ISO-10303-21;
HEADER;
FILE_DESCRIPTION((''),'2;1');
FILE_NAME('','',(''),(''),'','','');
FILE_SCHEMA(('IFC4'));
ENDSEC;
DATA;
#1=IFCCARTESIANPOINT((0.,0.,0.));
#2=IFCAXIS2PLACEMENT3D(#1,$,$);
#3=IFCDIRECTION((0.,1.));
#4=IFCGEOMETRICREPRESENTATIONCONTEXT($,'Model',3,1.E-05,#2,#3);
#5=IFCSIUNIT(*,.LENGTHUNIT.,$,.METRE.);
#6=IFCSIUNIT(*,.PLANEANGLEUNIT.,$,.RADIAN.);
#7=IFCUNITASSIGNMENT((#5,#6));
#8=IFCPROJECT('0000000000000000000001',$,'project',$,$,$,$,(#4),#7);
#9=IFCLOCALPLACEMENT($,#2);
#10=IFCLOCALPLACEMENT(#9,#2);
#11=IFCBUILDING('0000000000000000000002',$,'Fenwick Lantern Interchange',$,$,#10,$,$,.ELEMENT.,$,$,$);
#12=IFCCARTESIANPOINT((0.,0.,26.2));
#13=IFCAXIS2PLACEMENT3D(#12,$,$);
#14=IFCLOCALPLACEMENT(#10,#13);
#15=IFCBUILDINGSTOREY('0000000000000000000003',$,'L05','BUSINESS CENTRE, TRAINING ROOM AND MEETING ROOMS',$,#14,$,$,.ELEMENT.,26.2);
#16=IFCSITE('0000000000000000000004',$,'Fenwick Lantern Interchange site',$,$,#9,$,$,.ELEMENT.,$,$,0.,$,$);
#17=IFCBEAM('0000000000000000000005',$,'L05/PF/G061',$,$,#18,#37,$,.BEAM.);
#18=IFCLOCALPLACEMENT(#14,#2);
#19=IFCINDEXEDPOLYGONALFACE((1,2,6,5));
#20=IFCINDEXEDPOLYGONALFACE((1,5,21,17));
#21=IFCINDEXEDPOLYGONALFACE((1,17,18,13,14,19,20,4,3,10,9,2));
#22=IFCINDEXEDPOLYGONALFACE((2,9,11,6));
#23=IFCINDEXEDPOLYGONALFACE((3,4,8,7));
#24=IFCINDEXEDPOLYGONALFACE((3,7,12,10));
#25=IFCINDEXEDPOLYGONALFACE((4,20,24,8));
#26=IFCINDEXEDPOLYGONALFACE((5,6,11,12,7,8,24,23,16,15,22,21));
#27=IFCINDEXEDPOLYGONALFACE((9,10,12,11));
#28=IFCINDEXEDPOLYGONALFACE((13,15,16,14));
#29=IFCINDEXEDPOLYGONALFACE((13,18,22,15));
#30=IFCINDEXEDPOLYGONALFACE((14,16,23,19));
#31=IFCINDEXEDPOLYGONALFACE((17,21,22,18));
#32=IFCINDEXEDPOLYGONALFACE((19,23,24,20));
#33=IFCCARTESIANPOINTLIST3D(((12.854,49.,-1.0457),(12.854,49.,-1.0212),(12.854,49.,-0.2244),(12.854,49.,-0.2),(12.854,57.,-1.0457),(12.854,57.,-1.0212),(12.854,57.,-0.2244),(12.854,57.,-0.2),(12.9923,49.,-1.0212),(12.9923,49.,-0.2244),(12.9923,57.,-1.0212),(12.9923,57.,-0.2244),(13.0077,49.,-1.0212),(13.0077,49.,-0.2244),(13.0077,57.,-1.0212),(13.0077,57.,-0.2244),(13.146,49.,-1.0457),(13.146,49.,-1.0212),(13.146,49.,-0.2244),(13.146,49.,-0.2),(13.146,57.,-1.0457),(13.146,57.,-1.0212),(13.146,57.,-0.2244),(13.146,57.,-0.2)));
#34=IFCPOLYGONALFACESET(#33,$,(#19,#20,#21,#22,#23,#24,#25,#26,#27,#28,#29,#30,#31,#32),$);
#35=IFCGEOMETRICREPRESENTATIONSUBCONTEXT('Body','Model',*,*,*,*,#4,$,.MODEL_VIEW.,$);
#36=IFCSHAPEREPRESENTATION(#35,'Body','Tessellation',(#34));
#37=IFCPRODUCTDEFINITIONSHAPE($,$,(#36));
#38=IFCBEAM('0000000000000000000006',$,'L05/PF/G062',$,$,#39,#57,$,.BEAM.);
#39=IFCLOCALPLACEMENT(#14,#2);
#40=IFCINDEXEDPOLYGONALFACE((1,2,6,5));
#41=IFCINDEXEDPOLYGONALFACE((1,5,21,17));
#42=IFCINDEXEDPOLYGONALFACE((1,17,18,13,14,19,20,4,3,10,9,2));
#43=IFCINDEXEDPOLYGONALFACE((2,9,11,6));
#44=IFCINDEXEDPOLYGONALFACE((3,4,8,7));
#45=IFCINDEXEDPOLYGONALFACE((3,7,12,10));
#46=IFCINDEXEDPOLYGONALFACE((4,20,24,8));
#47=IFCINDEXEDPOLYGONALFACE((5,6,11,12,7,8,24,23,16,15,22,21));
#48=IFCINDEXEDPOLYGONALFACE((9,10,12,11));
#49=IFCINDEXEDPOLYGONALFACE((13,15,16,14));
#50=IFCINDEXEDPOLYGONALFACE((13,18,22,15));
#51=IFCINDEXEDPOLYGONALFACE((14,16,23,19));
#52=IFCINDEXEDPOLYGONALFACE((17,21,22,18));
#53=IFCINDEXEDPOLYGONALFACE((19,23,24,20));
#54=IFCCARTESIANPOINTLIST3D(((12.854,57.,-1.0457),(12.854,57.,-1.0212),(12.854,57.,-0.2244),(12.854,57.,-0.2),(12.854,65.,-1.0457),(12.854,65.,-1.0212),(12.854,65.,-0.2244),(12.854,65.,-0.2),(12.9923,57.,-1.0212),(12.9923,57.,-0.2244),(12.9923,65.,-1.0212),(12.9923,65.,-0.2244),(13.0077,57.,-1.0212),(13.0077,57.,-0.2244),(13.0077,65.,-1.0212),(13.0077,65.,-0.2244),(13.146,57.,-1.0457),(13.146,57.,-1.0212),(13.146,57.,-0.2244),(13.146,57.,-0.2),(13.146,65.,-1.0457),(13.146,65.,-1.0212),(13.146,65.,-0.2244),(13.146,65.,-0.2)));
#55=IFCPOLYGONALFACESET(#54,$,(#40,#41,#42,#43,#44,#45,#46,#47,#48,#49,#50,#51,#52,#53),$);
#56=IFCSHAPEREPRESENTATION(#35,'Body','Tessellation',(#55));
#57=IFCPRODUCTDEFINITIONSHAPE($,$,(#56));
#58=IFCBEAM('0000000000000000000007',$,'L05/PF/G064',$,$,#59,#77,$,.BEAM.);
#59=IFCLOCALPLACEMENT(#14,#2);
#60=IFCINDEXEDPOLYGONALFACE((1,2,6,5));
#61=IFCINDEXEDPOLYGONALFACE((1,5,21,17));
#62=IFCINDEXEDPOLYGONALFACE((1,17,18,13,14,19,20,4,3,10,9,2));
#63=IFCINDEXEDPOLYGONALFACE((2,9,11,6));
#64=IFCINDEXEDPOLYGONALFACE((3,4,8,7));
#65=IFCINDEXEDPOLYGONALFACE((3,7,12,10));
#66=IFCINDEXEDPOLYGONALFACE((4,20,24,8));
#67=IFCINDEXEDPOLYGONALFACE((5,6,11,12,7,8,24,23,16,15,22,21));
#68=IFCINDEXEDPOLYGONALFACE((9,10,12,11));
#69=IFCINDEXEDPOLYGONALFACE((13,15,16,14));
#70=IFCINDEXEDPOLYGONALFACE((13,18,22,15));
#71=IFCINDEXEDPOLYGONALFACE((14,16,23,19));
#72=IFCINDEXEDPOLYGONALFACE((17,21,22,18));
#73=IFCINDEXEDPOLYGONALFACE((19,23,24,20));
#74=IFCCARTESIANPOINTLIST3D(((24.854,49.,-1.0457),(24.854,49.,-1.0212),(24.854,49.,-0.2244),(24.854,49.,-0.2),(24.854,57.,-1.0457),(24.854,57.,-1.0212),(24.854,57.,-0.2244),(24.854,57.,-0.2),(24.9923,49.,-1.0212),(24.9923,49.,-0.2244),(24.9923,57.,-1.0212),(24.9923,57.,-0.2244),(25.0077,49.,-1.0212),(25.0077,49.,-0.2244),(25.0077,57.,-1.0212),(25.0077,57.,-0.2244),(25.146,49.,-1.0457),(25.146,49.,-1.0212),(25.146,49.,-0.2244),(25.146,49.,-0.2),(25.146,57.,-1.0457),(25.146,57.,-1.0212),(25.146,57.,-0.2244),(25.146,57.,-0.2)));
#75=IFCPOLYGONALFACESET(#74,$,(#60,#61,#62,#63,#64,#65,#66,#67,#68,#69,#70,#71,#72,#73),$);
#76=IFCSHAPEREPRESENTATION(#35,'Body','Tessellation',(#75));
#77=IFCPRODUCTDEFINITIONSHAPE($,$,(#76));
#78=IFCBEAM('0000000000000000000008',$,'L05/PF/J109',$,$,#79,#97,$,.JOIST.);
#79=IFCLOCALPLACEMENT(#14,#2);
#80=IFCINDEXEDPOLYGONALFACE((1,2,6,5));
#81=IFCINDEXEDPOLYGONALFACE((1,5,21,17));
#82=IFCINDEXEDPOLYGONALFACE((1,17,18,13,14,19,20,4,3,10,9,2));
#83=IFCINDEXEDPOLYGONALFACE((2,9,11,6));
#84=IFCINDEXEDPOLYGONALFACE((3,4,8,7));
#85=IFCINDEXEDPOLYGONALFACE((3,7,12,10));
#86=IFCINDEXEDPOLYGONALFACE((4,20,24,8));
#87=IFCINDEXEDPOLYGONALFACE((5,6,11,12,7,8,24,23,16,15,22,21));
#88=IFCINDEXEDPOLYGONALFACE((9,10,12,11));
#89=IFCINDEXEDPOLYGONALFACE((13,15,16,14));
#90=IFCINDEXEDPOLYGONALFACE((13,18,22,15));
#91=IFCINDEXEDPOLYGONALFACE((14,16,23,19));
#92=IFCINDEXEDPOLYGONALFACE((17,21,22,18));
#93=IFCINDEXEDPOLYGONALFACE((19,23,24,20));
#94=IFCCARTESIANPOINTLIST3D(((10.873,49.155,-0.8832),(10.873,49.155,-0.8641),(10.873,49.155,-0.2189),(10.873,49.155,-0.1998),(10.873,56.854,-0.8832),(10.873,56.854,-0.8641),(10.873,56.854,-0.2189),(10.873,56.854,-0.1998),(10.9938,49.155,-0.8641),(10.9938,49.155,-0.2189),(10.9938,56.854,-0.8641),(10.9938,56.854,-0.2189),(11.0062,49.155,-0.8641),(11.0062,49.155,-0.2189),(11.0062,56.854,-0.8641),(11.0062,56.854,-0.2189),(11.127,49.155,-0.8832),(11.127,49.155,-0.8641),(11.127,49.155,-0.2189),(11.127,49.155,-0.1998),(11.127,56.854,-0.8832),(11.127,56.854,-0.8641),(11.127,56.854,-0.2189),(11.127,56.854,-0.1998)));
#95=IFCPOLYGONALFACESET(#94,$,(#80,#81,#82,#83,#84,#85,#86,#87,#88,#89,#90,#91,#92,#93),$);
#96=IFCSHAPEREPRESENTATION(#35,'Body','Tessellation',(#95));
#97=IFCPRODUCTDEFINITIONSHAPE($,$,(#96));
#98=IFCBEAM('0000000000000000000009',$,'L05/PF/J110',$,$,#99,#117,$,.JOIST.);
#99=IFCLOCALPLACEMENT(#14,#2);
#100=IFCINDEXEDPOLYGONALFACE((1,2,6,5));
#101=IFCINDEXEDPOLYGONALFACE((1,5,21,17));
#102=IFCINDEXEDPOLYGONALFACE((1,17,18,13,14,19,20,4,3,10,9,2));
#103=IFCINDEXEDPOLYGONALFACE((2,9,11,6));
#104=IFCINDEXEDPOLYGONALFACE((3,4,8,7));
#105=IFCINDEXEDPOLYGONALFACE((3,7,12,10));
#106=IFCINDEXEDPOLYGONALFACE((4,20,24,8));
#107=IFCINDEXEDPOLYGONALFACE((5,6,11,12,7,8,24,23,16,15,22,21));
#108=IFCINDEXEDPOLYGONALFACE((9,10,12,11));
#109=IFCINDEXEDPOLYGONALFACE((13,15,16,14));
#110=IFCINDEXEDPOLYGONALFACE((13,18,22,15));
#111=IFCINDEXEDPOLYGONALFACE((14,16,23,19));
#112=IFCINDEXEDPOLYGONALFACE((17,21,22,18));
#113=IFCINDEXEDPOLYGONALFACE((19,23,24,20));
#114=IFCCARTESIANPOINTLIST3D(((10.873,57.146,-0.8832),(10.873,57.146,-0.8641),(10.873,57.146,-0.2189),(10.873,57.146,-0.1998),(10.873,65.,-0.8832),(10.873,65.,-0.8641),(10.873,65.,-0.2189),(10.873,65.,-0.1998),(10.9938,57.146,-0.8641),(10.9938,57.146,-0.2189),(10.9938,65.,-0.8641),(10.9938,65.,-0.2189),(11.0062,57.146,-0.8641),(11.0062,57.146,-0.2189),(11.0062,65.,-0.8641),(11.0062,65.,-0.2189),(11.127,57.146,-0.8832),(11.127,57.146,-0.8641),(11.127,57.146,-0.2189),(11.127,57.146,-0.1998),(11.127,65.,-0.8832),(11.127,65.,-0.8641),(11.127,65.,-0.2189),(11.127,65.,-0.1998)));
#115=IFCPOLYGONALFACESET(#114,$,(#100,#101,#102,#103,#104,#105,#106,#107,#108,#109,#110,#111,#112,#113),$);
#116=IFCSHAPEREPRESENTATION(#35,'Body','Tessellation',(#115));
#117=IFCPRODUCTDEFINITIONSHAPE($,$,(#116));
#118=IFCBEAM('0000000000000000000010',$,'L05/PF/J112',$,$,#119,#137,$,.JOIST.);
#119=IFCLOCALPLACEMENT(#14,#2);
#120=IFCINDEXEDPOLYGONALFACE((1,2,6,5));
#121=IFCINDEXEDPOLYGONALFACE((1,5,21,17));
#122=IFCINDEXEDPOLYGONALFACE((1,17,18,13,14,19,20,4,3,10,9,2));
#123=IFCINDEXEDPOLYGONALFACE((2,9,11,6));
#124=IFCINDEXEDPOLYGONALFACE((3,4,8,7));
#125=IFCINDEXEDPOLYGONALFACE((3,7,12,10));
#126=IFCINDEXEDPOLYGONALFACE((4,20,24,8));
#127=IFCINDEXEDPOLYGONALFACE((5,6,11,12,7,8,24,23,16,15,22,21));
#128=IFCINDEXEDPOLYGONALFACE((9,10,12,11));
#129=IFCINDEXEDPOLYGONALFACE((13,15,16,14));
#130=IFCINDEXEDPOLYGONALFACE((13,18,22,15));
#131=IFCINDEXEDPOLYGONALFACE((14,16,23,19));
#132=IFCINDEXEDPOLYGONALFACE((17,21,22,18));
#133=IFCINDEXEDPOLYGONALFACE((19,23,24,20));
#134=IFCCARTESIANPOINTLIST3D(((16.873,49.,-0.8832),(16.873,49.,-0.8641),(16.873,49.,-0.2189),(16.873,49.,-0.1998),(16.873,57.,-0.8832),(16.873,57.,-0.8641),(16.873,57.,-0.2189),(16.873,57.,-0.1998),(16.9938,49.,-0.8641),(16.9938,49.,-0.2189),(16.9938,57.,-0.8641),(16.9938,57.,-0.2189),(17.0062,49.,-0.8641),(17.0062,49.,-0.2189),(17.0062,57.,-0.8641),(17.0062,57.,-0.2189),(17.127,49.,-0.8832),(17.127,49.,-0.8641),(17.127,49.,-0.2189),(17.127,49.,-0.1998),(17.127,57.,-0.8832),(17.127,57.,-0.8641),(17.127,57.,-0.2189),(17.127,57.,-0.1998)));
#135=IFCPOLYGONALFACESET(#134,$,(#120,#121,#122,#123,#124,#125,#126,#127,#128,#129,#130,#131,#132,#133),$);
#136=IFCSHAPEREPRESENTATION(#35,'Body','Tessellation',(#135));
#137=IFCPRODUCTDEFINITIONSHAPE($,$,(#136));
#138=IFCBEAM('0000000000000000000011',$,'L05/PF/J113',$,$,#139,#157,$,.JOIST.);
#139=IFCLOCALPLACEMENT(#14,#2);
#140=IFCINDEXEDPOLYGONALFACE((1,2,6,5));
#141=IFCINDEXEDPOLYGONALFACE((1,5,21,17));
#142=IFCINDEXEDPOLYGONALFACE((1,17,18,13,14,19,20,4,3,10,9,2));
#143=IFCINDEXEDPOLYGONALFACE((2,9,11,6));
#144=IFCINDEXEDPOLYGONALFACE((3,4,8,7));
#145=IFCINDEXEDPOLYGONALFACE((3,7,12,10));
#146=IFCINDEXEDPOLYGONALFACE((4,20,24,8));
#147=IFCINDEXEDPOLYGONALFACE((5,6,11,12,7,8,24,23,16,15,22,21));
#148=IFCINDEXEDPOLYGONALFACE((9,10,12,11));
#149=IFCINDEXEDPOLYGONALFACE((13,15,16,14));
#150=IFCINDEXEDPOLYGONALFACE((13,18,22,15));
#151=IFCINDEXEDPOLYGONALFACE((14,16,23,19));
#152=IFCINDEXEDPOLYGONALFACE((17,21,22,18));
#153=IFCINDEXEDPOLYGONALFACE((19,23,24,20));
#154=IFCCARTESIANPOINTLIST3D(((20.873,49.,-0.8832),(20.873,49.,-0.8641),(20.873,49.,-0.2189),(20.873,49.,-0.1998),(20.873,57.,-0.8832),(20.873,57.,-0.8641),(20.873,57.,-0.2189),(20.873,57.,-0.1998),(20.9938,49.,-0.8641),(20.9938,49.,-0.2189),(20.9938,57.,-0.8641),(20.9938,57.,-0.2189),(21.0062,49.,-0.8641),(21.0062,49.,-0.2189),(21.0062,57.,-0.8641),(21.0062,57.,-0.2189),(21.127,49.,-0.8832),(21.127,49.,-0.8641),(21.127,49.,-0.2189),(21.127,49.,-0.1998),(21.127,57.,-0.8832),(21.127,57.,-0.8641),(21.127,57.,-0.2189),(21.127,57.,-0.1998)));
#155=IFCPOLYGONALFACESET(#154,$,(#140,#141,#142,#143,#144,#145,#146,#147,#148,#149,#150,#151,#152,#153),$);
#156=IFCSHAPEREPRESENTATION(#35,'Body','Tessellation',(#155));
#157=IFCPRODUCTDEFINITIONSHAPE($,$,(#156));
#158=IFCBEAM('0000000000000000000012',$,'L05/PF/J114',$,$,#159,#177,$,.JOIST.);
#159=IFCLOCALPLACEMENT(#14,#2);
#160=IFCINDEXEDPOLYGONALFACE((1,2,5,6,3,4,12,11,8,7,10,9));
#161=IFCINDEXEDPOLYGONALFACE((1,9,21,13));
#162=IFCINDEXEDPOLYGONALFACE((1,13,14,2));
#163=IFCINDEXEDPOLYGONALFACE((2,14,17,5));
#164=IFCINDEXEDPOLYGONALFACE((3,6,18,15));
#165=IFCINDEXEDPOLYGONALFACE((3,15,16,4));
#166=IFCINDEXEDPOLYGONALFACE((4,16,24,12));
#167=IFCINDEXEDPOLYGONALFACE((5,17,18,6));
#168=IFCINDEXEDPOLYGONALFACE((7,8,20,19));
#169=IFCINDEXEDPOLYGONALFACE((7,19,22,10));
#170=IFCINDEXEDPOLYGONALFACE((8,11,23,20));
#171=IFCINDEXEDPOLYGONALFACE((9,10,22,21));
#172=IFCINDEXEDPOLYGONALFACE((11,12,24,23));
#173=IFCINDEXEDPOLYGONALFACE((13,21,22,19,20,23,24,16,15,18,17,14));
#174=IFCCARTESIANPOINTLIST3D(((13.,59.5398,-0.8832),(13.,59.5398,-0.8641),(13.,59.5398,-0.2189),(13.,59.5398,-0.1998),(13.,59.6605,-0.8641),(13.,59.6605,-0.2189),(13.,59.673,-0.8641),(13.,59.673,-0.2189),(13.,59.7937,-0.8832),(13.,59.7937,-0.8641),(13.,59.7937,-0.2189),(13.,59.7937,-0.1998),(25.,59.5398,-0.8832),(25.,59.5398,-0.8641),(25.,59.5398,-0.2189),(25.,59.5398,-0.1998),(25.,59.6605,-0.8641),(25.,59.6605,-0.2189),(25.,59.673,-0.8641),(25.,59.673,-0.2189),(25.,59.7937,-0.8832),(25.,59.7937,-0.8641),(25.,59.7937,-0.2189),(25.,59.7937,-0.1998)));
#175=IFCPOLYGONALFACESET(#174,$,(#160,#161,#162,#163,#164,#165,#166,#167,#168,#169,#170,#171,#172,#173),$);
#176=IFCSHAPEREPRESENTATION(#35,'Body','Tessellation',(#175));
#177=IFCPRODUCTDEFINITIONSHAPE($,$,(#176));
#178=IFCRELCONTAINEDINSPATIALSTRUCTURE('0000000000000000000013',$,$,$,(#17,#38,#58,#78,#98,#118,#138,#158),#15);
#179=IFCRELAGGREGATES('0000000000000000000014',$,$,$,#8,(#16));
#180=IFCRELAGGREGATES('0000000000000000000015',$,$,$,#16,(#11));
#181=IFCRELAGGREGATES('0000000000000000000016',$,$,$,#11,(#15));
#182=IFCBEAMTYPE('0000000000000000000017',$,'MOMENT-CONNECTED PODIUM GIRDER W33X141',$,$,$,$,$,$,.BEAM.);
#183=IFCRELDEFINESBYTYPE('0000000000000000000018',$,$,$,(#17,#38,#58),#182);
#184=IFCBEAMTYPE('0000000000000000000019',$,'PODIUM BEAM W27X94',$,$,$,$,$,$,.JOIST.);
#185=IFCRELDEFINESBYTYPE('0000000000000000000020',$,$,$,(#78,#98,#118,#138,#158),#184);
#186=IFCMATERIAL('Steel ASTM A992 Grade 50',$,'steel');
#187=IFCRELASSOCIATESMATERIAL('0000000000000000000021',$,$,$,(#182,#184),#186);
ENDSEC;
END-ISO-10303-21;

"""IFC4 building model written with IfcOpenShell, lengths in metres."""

from ifc_helpers import new_model, si_unit, direction, frame, origin, origin_2d, place, context, subcontext, project, spatial, i_section, extrude, material, material_profile, profile_set, type_object, element, save


model = new_model("IFC4")

# Units and contexts
model_context = context("Model", 3, precision=1e-05, world=origin(), true_north=direction((0.0, 1.0)))
body_context = subcontext(model_context, "Body", "Model", "MODEL_VIEW")
ifc_project = project(units=[si_unit("LENGTHUNIT", "METRE"), si_unit("PLANEANGLEUNIT", "RADIAN")], contexts=[model_context])

# Site, building, storey
site_placement = place(None, origin())
site = spatial("IfcSite", under=ifc_project, at=site_placement, Name="Fenwick Lantern Interchange site", CompositionType="ELEMENT", RefElevation=0.0)
building_placement = place(site_placement, origin())
building = spatial("IfcBuilding", under=site, at=building_placement, Name="Fenwick Lantern Interchange", CompositionType="ELEMENT")
storey_placement = place(building_placement, frame((0.0, 0.0, 26.2)))
storey = spatial("IfcBuildingStorey", under=building, at=storey_placement, Name="L05", Description="BUSINESS CENTRE, TRAINING ROOM AND MEETING ROOMS", CompositionType="ELEMENT", Elevation=26.2)

# Shared definitions
ifc_material_1 = material(Name="Steel ASTM A992 Grade 50", Category="steel")

# Beams
ifc_material_profile_1 = material_profile(ifc_material_1, i_section(OverallWidth=0.292, OverallDepth=0.8457, WebThickness=0.0154, FlangeThickness=0.0244, at=origin_2d()), Name="W33X141")
ifc_profile_set_1 = profile_set([ifc_material_profile_1], Name="Steel ASTM A992 Grade 50")
beam_type_1 = type_object("IfcBeamType", Name="MOMENT-CONNECTED PODIUM GIRDER W33X141", PredefinedType="BEAM", material=ifc_profile_set_1)
for number, where, z_axis, x_axis, name in (
    (1, (13.0, 49.0, -0.6228), (0.0, 1.0, 0.0), (-1.0, 0.0, 0.0), "L05/PF/G061"),
    (2, (13.0, 57.0, -0.6228), (0.0, 1.0, 0.0), (-1.0, 0.0, 0.0), "L05/PF/G062"),
    (3, (25.0, 49.0, -0.6228), (0.0, 1.0, 0.0), (-1.0, 0.0, 0.0), "L05/PF/G064"),
):
    element("IfcBeam", number, at=place(storey_placement, frame(where, z_axis=z_axis, x_axis=x_axis)), inside=storey, type_object=beam_type_1, Name=name, PredefinedType="BEAM", context=body_context, shape_type="SweptSolid", body=[
        extrude(i_section(OverallWidth=0.292, OverallDepth=0.8457, WebThickness=0.0154, FlangeThickness=0.0244, at=origin_2d()), origin(), (0.0, 0.0, 1.0), 8.0),
    ])
ifc_material_profile_2 = material_profile(ifc_material_1, i_section(OverallWidth=0.2539, OverallDepth=0.6833, WebThickness=0.0125, FlangeThickness=0.019, at=origin_2d()), Name="W27X94")
ifc_profile_set_2 = profile_set([ifc_material_profile_2], Name="Steel ASTM A992 Grade 50")
beam_type_2 = type_object("IfcBeamType", Name="PODIUM BEAM W27X94", PredefinedType="JOIST", material=ifc_profile_set_2)
beam_1_placement = place(storey_placement, frame((11.0, 49.155, -0.5415), z_axis=(0.0, 1.0, 0.0), x_axis=(-1.0, 0.0, 0.0)))
element("IfcBeam", 4, at=beam_1_placement, inside=storey, type_object=beam_type_2, Name="L05/PF/J109", PredefinedType="JOIST", context=body_context, shape_type="SweptSolid", body=[
    extrude(i_section(OverallWidth=0.2539, OverallDepth=0.6833, WebThickness=0.0125, FlangeThickness=0.019, at=origin_2d()), origin(), (0.0, 0.0, 1.0), 7.699),
])
beam_2_placement = place(storey_placement, frame((11.0, 57.146, -0.5415), z_axis=(0.0, 1.0, 0.0), x_axis=(-1.0, 0.0, 0.0)))
element("IfcBeam", 5, at=beam_2_placement, inside=storey, type_object=beam_type_2, Name="L05/PF/J110", PredefinedType="JOIST", context=body_context, shape_type="SweptSolid", body=[
    extrude(i_section(OverallWidth=0.2539, OverallDepth=0.6833, WebThickness=0.0125, FlangeThickness=0.019, at=origin_2d()), origin(), (0.0, 0.0, 1.0), 7.854),
])
for number, where, z_axis, x_axis, name in (
    (6, (17.0, 49.0, -0.5415), (0.0, 1.0, 0.0), (-1.0, 0.0, 0.0), "L05/PF/J112"),
    (7, (21.0, 49.0, -0.5415), (0.0, 1.0, 0.0), (-1.0, 0.0, 0.0), "L05/PF/J113"),
):
    element("IfcBeam", number, at=place(storey_placement, frame(where, z_axis=z_axis, x_axis=x_axis)), inside=storey, type_object=beam_type_2, Name=name, PredefinedType="JOIST", context=body_context, shape_type="SweptSolid", body=[
        extrude(i_section(OverallWidth=0.2539, OverallDepth=0.6833, WebThickness=0.0125, FlangeThickness=0.019, at=origin_2d()), origin(), (0.0, 0.0, 1.0), 8.0),
    ])
beam_3_placement = place(storey_placement, frame((13.0, 59.6667, -0.5415), z_axis=(1.0, 0.0, 0.0), x_axis=(0.0, 1.0, 0.0)))
element("IfcBeam", 8, at=beam_3_placement, inside=storey, type_object=beam_type_2, Name="L05/PF/J114", PredefinedType="JOIST", context=body_context, shape_type="SweptSolid", body=[
    extrude(i_section(OverallWidth=0.2539, OverallDepth=0.6833, WebThickness=0.0125, FlangeThickness=0.019, at=origin_2d()), origin(), (0.0, 0.0, 1.0), 12.0),
])

save(model, "model.ifc")
